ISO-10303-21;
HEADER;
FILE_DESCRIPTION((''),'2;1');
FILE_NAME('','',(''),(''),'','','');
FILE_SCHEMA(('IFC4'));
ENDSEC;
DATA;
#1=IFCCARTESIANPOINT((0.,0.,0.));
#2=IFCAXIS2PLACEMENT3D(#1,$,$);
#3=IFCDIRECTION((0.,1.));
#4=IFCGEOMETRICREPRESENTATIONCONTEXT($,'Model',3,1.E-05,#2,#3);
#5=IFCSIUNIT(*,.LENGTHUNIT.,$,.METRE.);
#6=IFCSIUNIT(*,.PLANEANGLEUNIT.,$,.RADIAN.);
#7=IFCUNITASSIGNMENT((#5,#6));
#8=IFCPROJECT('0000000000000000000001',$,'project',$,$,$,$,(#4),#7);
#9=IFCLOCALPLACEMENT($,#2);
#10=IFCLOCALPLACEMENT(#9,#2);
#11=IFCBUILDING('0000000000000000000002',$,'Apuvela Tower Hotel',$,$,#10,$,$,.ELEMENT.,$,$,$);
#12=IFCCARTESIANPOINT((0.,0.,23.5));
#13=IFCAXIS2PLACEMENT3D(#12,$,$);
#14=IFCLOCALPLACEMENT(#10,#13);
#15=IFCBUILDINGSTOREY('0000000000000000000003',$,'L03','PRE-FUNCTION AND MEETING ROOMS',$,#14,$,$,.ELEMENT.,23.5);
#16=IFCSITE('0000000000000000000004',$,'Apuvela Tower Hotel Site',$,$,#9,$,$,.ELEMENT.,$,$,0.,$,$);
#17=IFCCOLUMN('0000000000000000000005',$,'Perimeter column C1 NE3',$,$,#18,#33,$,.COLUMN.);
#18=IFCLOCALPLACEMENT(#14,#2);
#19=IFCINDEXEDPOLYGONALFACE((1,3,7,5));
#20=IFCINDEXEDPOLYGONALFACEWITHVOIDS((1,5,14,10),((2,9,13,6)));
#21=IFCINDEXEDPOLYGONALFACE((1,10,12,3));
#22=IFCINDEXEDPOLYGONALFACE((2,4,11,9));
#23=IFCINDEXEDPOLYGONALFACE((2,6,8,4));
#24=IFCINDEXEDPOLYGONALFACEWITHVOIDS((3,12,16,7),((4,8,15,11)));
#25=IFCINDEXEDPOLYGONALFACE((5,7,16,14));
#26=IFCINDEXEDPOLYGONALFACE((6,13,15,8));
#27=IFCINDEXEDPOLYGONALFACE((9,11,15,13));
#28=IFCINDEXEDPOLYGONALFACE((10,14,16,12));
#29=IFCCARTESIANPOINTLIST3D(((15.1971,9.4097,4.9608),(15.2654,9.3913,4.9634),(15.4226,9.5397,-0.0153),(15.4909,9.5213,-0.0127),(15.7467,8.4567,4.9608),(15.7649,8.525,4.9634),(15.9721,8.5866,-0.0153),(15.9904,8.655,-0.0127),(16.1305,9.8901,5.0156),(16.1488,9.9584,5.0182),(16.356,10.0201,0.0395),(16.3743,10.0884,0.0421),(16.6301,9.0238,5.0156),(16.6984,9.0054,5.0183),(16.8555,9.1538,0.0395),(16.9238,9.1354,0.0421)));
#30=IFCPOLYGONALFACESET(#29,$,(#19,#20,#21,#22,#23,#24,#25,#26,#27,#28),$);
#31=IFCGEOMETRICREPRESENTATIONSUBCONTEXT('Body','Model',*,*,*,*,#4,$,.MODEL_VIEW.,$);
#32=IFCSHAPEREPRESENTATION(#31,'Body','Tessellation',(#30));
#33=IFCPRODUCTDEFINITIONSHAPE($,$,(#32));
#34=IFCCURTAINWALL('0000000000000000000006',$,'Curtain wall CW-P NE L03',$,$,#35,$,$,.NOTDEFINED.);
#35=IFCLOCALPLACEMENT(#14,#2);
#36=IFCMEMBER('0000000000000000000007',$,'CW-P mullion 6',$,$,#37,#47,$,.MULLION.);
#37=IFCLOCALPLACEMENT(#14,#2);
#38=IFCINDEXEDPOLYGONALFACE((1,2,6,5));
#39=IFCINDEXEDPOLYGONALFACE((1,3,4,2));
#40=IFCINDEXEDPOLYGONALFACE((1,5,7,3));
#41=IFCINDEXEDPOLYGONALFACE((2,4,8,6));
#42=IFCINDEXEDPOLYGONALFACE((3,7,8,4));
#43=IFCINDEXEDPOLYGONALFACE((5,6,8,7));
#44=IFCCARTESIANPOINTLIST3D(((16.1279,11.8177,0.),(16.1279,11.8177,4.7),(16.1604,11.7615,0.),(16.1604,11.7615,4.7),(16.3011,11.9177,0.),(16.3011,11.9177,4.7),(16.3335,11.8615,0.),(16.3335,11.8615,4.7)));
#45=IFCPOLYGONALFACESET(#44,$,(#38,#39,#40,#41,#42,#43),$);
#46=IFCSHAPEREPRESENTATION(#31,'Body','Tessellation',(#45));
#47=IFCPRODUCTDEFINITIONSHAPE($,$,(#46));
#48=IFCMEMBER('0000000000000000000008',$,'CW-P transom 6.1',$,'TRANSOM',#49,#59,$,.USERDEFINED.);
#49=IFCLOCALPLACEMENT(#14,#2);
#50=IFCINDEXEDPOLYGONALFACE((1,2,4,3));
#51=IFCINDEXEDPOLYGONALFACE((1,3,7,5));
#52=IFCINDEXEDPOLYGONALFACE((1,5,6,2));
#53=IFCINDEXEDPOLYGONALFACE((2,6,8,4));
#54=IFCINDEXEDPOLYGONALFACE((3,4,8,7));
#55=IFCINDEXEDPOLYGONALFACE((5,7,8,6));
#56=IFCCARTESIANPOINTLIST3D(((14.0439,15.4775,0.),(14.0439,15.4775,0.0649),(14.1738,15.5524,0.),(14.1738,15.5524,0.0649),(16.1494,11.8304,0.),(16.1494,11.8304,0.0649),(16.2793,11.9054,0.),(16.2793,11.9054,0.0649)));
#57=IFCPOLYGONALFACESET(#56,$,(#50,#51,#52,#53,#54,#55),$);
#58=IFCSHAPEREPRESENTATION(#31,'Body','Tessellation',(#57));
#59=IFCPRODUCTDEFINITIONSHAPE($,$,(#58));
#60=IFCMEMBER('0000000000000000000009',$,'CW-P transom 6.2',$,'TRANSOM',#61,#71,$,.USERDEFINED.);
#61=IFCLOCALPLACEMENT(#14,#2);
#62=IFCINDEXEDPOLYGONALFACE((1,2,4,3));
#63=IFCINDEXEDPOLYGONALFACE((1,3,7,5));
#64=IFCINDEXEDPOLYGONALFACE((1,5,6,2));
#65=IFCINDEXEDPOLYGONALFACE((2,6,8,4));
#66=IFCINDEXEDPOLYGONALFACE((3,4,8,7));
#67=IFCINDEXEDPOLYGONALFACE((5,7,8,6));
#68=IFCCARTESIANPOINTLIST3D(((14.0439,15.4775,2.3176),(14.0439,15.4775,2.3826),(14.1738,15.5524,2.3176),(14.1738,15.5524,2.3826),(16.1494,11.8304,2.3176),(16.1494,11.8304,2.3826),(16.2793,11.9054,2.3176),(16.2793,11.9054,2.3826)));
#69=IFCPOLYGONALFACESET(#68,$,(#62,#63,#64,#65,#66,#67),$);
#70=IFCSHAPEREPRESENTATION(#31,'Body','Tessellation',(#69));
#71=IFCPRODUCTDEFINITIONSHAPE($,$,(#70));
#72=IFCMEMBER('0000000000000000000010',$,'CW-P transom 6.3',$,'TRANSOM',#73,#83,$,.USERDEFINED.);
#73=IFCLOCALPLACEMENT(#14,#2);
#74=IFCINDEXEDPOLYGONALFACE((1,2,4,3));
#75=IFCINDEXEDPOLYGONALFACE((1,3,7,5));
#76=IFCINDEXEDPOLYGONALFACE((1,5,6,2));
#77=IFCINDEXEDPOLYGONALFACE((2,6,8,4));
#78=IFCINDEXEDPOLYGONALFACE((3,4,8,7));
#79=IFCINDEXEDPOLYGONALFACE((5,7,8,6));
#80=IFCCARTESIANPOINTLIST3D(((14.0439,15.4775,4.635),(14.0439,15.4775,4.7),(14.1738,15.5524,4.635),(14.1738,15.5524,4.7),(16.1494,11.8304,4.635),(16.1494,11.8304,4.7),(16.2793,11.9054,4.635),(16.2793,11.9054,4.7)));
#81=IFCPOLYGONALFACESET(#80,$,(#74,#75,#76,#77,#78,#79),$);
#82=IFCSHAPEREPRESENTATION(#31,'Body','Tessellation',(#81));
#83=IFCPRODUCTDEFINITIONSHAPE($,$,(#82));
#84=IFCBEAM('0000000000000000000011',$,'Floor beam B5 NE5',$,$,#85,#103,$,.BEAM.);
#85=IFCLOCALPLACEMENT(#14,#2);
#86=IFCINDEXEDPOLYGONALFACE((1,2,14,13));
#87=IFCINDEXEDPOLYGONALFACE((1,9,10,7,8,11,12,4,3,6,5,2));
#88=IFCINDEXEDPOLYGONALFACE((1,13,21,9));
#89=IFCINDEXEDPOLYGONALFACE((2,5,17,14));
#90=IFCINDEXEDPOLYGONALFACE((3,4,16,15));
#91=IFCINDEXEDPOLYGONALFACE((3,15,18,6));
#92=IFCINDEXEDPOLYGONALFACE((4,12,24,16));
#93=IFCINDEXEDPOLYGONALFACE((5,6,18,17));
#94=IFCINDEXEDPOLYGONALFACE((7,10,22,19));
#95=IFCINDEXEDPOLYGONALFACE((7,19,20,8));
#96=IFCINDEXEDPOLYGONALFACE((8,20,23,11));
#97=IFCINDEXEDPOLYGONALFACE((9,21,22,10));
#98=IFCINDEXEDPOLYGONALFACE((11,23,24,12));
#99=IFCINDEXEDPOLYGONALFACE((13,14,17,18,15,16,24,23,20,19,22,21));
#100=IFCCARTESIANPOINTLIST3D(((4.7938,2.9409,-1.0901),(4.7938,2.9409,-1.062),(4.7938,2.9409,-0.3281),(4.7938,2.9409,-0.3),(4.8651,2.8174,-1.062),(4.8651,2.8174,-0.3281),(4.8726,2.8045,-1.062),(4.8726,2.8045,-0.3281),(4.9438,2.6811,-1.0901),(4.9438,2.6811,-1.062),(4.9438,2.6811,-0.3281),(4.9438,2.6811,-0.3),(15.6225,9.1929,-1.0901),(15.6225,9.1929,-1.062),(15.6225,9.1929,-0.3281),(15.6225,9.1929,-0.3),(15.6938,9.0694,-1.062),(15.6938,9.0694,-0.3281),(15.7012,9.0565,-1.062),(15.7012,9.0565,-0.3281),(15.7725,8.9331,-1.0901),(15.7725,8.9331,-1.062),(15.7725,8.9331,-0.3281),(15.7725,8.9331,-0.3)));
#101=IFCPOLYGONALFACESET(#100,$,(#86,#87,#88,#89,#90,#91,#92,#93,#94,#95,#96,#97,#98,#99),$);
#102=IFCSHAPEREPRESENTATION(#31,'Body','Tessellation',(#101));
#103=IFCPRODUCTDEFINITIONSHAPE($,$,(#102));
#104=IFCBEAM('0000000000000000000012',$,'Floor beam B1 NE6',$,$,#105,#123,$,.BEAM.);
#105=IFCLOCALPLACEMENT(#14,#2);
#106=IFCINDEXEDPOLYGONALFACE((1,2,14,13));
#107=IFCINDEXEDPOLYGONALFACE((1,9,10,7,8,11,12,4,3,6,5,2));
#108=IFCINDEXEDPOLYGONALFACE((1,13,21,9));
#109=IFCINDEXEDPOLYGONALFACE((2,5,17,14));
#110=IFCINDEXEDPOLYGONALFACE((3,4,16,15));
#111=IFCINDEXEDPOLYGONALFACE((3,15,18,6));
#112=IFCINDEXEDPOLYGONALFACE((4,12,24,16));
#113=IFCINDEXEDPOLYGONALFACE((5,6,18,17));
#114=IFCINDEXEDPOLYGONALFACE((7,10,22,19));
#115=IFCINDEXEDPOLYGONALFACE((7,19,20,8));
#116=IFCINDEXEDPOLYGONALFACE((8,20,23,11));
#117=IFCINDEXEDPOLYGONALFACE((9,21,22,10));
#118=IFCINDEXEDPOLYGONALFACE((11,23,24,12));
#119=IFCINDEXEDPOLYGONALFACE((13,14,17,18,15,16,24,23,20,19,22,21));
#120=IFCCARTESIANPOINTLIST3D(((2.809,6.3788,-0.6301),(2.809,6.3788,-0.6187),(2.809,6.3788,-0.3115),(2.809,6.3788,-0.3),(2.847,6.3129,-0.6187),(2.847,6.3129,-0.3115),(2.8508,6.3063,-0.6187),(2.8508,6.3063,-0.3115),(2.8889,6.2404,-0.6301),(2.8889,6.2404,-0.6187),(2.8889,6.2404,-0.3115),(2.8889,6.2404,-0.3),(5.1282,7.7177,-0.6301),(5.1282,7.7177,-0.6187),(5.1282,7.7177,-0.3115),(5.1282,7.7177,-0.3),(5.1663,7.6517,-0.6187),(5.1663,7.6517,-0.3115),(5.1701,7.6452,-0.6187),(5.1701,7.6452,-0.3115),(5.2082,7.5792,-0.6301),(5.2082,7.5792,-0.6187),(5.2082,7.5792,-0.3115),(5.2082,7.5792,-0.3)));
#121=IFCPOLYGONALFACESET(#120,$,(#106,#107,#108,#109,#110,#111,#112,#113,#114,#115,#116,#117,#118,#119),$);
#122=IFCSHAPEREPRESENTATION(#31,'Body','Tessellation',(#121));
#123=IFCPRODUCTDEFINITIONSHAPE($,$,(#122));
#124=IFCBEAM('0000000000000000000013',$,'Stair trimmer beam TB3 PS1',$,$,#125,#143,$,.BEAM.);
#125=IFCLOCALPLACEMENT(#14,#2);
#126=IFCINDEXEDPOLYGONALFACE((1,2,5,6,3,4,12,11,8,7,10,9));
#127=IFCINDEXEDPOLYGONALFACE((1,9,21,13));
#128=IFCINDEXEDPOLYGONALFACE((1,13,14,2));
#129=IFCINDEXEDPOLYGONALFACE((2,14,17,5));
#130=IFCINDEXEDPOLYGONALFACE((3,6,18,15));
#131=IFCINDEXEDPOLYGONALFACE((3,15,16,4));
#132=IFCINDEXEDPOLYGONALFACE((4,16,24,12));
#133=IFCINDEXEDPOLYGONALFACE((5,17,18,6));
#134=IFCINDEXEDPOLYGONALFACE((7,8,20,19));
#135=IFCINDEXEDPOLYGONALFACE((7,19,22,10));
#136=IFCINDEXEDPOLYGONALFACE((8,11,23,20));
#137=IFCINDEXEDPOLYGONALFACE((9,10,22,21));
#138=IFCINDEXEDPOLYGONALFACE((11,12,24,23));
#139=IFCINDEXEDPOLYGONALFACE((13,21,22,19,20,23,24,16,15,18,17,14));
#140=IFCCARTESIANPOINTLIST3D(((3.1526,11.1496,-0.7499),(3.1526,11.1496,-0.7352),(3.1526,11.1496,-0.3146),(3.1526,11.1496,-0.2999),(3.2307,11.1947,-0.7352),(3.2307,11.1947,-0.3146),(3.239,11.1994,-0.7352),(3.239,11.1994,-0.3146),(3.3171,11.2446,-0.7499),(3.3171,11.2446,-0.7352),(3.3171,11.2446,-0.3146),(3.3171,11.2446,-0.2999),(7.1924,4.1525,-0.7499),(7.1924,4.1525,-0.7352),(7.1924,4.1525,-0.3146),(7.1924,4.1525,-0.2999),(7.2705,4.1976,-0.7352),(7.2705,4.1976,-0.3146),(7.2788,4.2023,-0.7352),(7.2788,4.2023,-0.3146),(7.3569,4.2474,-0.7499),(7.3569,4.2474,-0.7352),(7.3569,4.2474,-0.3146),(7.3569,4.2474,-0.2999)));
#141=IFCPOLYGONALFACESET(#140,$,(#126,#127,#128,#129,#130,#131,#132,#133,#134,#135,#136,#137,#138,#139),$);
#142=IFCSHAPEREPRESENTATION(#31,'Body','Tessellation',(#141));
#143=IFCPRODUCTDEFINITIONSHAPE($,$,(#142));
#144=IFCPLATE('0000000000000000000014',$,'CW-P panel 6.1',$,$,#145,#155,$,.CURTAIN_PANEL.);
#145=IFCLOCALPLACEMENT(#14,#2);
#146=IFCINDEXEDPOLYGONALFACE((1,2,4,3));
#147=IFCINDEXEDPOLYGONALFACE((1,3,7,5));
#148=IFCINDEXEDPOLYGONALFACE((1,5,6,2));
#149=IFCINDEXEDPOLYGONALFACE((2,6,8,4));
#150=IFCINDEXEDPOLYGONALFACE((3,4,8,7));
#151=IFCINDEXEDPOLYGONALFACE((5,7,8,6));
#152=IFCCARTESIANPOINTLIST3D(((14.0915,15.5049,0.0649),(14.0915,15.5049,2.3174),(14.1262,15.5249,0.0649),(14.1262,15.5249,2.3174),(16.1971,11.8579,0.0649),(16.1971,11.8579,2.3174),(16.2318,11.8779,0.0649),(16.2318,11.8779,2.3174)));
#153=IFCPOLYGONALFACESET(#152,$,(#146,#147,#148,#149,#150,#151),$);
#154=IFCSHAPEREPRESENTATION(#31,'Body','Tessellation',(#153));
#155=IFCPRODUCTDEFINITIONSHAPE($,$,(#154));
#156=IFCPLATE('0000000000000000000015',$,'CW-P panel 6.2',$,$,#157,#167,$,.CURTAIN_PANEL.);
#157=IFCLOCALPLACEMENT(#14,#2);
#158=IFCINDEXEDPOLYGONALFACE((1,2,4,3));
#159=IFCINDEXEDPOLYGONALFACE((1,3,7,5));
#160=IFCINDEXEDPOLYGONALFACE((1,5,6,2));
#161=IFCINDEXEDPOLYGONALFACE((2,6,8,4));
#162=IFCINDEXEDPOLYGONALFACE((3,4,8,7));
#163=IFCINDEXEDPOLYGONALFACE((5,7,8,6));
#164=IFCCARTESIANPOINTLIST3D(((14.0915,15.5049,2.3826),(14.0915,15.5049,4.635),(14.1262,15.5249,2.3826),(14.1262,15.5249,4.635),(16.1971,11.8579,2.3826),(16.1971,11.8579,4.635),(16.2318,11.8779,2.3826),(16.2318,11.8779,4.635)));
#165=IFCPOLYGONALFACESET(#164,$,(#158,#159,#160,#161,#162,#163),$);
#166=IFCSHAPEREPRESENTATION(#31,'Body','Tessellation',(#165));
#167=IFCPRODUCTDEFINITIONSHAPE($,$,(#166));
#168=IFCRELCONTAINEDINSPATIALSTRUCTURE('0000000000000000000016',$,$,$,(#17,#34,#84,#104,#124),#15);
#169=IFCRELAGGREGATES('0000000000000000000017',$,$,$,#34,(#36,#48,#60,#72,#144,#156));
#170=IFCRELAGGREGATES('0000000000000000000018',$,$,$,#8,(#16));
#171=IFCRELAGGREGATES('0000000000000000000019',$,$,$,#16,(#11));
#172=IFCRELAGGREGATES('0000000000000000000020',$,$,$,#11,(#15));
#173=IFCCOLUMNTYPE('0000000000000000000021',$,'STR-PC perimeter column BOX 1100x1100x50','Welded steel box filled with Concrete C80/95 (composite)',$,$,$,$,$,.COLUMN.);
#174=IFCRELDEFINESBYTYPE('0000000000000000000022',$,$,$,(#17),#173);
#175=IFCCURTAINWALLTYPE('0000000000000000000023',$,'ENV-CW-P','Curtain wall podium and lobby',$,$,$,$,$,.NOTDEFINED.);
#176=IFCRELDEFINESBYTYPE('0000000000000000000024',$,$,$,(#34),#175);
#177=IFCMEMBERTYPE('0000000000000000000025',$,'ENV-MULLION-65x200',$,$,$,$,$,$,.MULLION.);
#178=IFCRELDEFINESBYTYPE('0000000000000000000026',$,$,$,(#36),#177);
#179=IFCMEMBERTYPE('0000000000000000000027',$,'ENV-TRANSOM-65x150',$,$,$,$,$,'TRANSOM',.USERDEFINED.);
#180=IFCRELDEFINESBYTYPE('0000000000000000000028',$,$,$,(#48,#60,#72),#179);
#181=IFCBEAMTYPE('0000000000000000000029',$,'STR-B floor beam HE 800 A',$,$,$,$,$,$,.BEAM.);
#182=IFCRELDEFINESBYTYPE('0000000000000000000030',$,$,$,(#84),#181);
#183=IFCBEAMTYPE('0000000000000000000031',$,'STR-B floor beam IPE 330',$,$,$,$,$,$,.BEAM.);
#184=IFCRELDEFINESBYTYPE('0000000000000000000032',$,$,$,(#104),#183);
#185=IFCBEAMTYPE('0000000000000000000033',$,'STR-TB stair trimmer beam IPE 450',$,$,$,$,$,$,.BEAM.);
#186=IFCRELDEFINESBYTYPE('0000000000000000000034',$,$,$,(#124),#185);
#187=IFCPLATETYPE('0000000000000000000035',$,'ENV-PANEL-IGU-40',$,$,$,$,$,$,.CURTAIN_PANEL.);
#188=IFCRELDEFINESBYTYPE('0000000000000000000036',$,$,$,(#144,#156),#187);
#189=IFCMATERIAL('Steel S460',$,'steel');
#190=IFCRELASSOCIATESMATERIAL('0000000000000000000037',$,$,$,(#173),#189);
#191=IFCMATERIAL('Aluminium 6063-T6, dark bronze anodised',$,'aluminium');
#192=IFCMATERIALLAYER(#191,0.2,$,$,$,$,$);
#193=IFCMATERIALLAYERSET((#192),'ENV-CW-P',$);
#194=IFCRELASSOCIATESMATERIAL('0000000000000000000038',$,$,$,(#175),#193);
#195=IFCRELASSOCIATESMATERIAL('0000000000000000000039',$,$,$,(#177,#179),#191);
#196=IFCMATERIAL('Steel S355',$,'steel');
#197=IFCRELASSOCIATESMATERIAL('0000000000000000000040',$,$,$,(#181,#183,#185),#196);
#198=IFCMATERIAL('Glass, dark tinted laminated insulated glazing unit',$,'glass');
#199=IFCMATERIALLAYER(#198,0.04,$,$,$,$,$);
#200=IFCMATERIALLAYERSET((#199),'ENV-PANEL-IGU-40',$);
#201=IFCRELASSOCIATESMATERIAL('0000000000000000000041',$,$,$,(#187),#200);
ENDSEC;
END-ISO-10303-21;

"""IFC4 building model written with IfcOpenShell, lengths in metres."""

from ifc_helpers import new_model, si_unit, direction, frame, origin, origin_2d, place, context, subcontext, project, spatial, rectangle, hollow_rectangle, i_section, extrude, boolean, halfspace, material, layer, layer_set, material_profile, profile_set, type_object, element, aggregate, save


model = new_model("IFC4")

# Units and contexts
model_context = context("Model", 3, precision=1e-05, world=origin(), true_north=direction((0.0, 1.0)))
body_context = subcontext(model_context, "Body", "Model", "MODEL_VIEW")
ifc_project = project(units=[si_unit("LENGTHUNIT", "METRE"), si_unit("PLANEANGLEUNIT", "RADIAN")], contexts=[model_context])

# Site, building, storey
site_placement = place(None, origin())
site = spatial("IfcSite", under=ifc_project, at=site_placement, Name="Apuvela Tower Hotel Site", CompositionType="ELEMENT", RefElevation=0.0)
building_placement = place(site_placement, origin())
building = spatial("IfcBuilding", under=site, at=building_placement, Name="Apuvela Tower Hotel", CompositionType="ELEMENT")
storey_placement = place(building_placement, frame((0.0, 0.0, 23.5)))
storey = spatial("IfcBuildingStorey", under=building, at=storey_placement, Name="L03", Description="PRE-FUNCTION AND MEETING ROOMS", CompositionType="ELEMENT", Elevation=23.5)

# Column
ifc_material_1 = material(Name="Steel S460", Category="steel")
ifc_material_profile_1 = material_profile(ifc_material_1, hollow_rectangle(XDim=1.1001, YDim=1.1001, WallThickness=0.05, at=origin_2d()), Name="BOX 1100x1100x50")
ifc_material_2 = material(Name="Concrete C80/95", Category="concrete")
ifc_material_profile_2 = material_profile(ifc_material_2, rectangle(XDim=1.0, YDim=1.0, at=origin_2d()), Name="Concrete C80/95 infill")
ifc_profile_set_1 = profile_set([ifc_material_profile_1, ifc_material_profile_2], Name="Steel S460")
column_type = type_object("IfcColumnType", Name="STR-PC perimeter column BOX 1100x1100x50", Description="Welded steel box filled with Concrete C80/95 (composite)", PredefinedType="COLUMN", material=ifc_profile_set_1)
column_placement = place(storey_placement, frame((16.1738, 9.3379, 0.0), z_axis=(-0.045251, -0.026087, 0.998635), x_axis=(0.499529, -0.866297, 0.000005)))
element("IfcColumn", 1, at=column_placement, inside=storey, type_object=column_type, Name="Perimeter column C1 NE3", PredefinedType="COLUMN", context=body_context, shape_type="SweptSolid", body=[
    boolean("DIFFERENCE", boolean("DIFFERENCE", extrude(hollow_rectangle(XDim=1.1001, YDim=1.1001, WallThickness=0.05, at=origin_2d()), origin(), (0.0, 0.0, 1.0), 5.0068), halfspace(frame((0.0, 0.0, 0.0134), z_axis=(0.0, 0.0, 1.0), x_axis=(1.0, 0.0, 0.0)), True)), halfspace(frame((0.0, 0.0, 4.9963), z_axis=(0.0, 0.0, 1.0), x_axis=(1.0, 0.0, 0.0)), False)),
])

# Curtain wall, members
ifc_material_3 = material(Name="Aluminium 6063-T6, dark bronze anodised", Category="aluminium")
ifc_layer_1 = layer(ifc_material_3, 0.2)
ifc_layer_set_1 = layer_set([ifc_layer_1], Name="ENV-CW-P")
curtain_wall_type = type_object("IfcCurtainWallType", Name="ENV-CW-P", Description="Curtain wall podium and lobby", PredefinedType="NOTDEFINED", material=ifc_layer_set_1)
curtain_wall_placement = place(storey_placement, origin())
curtain_wall = element("IfcCurtainWall", 2, at=curtain_wall_placement, inside=storey, type_object=curtain_wall_type, Name="Curtain wall CW-P NE L03", PredefinedType="NOTDEFINED")
ifc_material_profile_3 = material_profile(ifc_material_3, rectangle(XDim=0.2, YDim=0.0649, at=origin_2d()), Name="AL 65x200")
ifc_profile_set_2 = profile_set([ifc_material_profile_3], Name="Aluminium 6063-T6, dark bronze anodised")
member_type_1 = type_object("IfcMemberType", Name="ENV-MULLION-65x200", PredefinedType="MULLION", material=ifc_profile_set_2)
member_1_placement = place(storey_placement, frame((16.2307, 11.8396, 0.0), z_axis=(0.0, 0.0, 1.0), x_axis=(-0.866026, -0.5, 0.0)))
member_1 = element("IfcMember", 3, at=member_1_placement, type_object=member_type_1, Name="CW-P mullion 6", PredefinedType="MULLION", context=body_context, shape_type="SweptSolid", body=[
    extrude(rectangle(XDim=0.2, YDim=0.0649, at=origin_2d()), origin(), (0.0, 0.0, 1.0), 4.7),
])
ifc_material_profile_4 = material_profile(ifc_material_3, rectangle(XDim=0.1499, YDim=0.0649, at=origin_2d()), Name="AL 65x150 transom")
ifc_profile_set_3 = profile_set([ifc_material_profile_4], Name="Aluminium 6063-T6, dark bronze anodised")
member_type_2 = type_object("IfcMemberType", Name="ENV-TRANSOM-65x150", ElementType="TRANSOM", PredefinedType="USERDEFINED", material=ifc_profile_set_3)
member_2_placement = place(storey_placement, frame((16.2144, 11.8679, 0.0325), z_axis=(-0.49998, 0.866037, 0.0), x_axis=(-0.866037, -0.49998, 0.0)))
member_2 = element("IfcMember", 4, at=member_2_placement, type_object=member_type_2, Name="CW-P transom 6.1", ObjectType="TRANSOM", PredefinedType="USERDEFINED", context=body_context, shape_type="SweptSolid", body=[
    extrude(rectangle(XDim=0.1499, YDim=0.0649, at=origin_2d()), origin(), (0.0, 0.0, 1.0), 4.2112),
])
member_3_placement = place(storey_placement, frame((16.2144, 11.8679, 2.3501), z_axis=(-0.49998, 0.866037, 0.0), x_axis=(-0.866037, -0.49998, 0.0)))
member_3 = element("IfcMember", 5, at=member_3_placement, type_object=member_type_2, Name="CW-P transom 6.2", ObjectType="TRANSOM", PredefinedType="USERDEFINED", context=body_context, shape_type="SweptSolid", body=[
    extrude(rectangle(XDim=0.1499, YDim=0.0649, at=origin_2d()), origin(), (0.0, 0.0, 1.0), 4.2112),
])
member_4_placement = place(storey_placement, frame((16.2144, 11.8679, 4.6675), z_axis=(-0.49998, 0.866037, 0.0), x_axis=(-0.866037, -0.49998, 0.0)))
member_4 = element("IfcMember", 6, at=member_4_placement, type_object=member_type_2, Name="CW-P transom 6.3", ObjectType="TRANSOM", PredefinedType="USERDEFINED", context=body_context, shape_type="SweptSolid", body=[
    extrude(rectangle(XDim=0.1499, YDim=0.0649, at=origin_2d()), origin(), (0.0, 0.0, 1.0), 4.2112),
])

# Beams
ifc_material_4 = material(Name="Steel S355", Category="steel")
ifc_material_profile_5 = material_profile(ifc_material_4, i_section(OverallWidth=0.3, OverallDepth=0.79, WebThickness=0.0149, FlangeThickness=0.0281, at=origin_2d()), Name="HE 800 A")
ifc_profile_set_4 = profile_set([ifc_material_profile_5], Name="Steel S355")
beam_type_1 = type_object("IfcBeamType", Name="STR-B floor beam HE 800 A", PredefinedType="BEAM", material=ifc_profile_set_4)
beam_1_placement = place(storey_placement, frame((15.6975, 9.063, -0.6951), z_axis=(-0.866024, -0.500003, 0.0), x_axis=(0.500003, -0.866024, 0.0)))
element("IfcBeam", 7, at=beam_1_placement, inside=storey, type_object=beam_type_1, Name="Floor beam B5 NE5", PredefinedType="BEAM", context=body_context, shape_type="SweptSolid", body=[
    extrude(i_section(OverallWidth=0.3, OverallDepth=0.79, WebThickness=0.0149, FlangeThickness=0.0281, at=origin_2d()), origin(), (0.0, 0.0, 1.0), 12.5039),
])
ifc_material_profile_6 = material_profile(ifc_material_4, i_section(OverallWidth=0.1599, OverallDepth=0.3301, WebThickness=0.0076, FlangeThickness=0.0115, at=origin_2d()), Name="IPE 330")
ifc_profile_set_5 = profile_set([ifc_material_profile_6], Name="Steel S355")
beam_type_2 = type_object("IfcBeamType", Name="STR-B floor beam IPE 330", PredefinedType="BEAM", material=ifc_profile_set_5)
beam_2_placement = place(storey_placement, frame((5.1682, 7.6484, -0.4651), z_axis=(-0.866058, -0.499943, 0.0), x_axis=(0.499943, -0.866058, 0.0)))
element("IfcBeam", 8, at=beam_2_placement, inside=storey, type_object=beam_type_2, Name="Floor beam B1 NE6", PredefinedType="BEAM", context=body_context, shape_type="SweptSolid", body=[
    extrude(i_section(OverallWidth=0.1599, OverallDepth=0.3301, WebThickness=0.0076, FlangeThickness=0.0115, at=origin_2d()), origin(), (0.0, 0.0, 1.0), 2.678),
])
ifc_material_profile_7 = material_profile(ifc_material_4, i_section(OverallWidth=0.1899, OverallDepth=0.45, WebThickness=0.0095, FlangeThickness=0.0146, at=origin_2d()), Name="IPE 450")
ifc_profile_set_6 = profile_set([ifc_material_profile_7], Name="Steel S355")
beam_type_3 = type_object("IfcBeamType", Name="STR-TB stair trimmer beam IPE 450", PredefinedType="BEAM", material=ifc_profile_set_6)
beam_3_placement = place(storey_placement, frame((7.2747, 4.2, -0.5249), z_axis=(-0.500003, 0.866024, 0.0), x_axis=(-0.866024, -0.500003, 0.0)))
element("IfcBeam", 9, at=beam_3_placement, inside=storey, type_object=beam_type_3, Name="Stair trimmer beam TB3 PS1", PredefinedType="BEAM", context=body_context, shape_type="SweptSolid", body=[
    extrude(i_section(OverallWidth=0.1899, OverallDepth=0.45, WebThickness=0.0095, FlangeThickness=0.0146, at=origin_2d()), origin(), (0.0, 0.0, 1.0), 8.0796),
])

# Plates
ifc_material_5 = material(Name="Glass, dark tinted laminated insulated glazing unit", Category="glass")
ifc_layer_2 = layer(ifc_material_5, 0.04)
ifc_layer_set_2 = layer_set([ifc_layer_2], Name="ENV-PANEL-IGU-40")
plate_type = type_object("IfcPlateType", Name="ENV-PANEL-IGU-40", PredefinedType="CURTAIN_PANEL", material=ifc_layer_set_2)
plate_1_placement = place(storey_placement, frame((15.1616, 13.6914, 0.0649), z_axis=(0.0, 0.0, 1.0), x_axis=(-0.5, 0.866026, 0.0)))
plate_1 = element("IfcPlate", 10, at=plate_1_placement, type_object=plate_type, Name="CW-P panel 6.1", PredefinedType="CURTAIN_PANEL", context=body_context, shape_type="SweptSolid", body=[
    extrude(rectangle(XDim=4.2112, YDim=0.04, at=origin_2d()), origin(), (0.0, 0.0, 1.0), 2.2524),
])
plate_2_placement = place(storey_placement, frame((15.1616, 13.6914, 2.3826), z_axis=(0.0, 0.0, 1.0), x_axis=(-0.5, 0.866026, 0.0)))
plate_2 = element("IfcPlate", 11, at=plate_2_placement, type_object=plate_type, Name="CW-P panel 6.2", PredefinedType="CURTAIN_PANEL", context=body_context, shape_type="SweptSolid", body=[
    extrude(rectangle(XDim=4.2112, YDim=0.04, at=origin_2d()), origin(), (0.0, 0.0, 1.0), 2.2524),
])
aggregate(curtain_wall, [member_1, member_2, member_3, member_4, plate_1, plate_2])

save(model, "model.ifc")
